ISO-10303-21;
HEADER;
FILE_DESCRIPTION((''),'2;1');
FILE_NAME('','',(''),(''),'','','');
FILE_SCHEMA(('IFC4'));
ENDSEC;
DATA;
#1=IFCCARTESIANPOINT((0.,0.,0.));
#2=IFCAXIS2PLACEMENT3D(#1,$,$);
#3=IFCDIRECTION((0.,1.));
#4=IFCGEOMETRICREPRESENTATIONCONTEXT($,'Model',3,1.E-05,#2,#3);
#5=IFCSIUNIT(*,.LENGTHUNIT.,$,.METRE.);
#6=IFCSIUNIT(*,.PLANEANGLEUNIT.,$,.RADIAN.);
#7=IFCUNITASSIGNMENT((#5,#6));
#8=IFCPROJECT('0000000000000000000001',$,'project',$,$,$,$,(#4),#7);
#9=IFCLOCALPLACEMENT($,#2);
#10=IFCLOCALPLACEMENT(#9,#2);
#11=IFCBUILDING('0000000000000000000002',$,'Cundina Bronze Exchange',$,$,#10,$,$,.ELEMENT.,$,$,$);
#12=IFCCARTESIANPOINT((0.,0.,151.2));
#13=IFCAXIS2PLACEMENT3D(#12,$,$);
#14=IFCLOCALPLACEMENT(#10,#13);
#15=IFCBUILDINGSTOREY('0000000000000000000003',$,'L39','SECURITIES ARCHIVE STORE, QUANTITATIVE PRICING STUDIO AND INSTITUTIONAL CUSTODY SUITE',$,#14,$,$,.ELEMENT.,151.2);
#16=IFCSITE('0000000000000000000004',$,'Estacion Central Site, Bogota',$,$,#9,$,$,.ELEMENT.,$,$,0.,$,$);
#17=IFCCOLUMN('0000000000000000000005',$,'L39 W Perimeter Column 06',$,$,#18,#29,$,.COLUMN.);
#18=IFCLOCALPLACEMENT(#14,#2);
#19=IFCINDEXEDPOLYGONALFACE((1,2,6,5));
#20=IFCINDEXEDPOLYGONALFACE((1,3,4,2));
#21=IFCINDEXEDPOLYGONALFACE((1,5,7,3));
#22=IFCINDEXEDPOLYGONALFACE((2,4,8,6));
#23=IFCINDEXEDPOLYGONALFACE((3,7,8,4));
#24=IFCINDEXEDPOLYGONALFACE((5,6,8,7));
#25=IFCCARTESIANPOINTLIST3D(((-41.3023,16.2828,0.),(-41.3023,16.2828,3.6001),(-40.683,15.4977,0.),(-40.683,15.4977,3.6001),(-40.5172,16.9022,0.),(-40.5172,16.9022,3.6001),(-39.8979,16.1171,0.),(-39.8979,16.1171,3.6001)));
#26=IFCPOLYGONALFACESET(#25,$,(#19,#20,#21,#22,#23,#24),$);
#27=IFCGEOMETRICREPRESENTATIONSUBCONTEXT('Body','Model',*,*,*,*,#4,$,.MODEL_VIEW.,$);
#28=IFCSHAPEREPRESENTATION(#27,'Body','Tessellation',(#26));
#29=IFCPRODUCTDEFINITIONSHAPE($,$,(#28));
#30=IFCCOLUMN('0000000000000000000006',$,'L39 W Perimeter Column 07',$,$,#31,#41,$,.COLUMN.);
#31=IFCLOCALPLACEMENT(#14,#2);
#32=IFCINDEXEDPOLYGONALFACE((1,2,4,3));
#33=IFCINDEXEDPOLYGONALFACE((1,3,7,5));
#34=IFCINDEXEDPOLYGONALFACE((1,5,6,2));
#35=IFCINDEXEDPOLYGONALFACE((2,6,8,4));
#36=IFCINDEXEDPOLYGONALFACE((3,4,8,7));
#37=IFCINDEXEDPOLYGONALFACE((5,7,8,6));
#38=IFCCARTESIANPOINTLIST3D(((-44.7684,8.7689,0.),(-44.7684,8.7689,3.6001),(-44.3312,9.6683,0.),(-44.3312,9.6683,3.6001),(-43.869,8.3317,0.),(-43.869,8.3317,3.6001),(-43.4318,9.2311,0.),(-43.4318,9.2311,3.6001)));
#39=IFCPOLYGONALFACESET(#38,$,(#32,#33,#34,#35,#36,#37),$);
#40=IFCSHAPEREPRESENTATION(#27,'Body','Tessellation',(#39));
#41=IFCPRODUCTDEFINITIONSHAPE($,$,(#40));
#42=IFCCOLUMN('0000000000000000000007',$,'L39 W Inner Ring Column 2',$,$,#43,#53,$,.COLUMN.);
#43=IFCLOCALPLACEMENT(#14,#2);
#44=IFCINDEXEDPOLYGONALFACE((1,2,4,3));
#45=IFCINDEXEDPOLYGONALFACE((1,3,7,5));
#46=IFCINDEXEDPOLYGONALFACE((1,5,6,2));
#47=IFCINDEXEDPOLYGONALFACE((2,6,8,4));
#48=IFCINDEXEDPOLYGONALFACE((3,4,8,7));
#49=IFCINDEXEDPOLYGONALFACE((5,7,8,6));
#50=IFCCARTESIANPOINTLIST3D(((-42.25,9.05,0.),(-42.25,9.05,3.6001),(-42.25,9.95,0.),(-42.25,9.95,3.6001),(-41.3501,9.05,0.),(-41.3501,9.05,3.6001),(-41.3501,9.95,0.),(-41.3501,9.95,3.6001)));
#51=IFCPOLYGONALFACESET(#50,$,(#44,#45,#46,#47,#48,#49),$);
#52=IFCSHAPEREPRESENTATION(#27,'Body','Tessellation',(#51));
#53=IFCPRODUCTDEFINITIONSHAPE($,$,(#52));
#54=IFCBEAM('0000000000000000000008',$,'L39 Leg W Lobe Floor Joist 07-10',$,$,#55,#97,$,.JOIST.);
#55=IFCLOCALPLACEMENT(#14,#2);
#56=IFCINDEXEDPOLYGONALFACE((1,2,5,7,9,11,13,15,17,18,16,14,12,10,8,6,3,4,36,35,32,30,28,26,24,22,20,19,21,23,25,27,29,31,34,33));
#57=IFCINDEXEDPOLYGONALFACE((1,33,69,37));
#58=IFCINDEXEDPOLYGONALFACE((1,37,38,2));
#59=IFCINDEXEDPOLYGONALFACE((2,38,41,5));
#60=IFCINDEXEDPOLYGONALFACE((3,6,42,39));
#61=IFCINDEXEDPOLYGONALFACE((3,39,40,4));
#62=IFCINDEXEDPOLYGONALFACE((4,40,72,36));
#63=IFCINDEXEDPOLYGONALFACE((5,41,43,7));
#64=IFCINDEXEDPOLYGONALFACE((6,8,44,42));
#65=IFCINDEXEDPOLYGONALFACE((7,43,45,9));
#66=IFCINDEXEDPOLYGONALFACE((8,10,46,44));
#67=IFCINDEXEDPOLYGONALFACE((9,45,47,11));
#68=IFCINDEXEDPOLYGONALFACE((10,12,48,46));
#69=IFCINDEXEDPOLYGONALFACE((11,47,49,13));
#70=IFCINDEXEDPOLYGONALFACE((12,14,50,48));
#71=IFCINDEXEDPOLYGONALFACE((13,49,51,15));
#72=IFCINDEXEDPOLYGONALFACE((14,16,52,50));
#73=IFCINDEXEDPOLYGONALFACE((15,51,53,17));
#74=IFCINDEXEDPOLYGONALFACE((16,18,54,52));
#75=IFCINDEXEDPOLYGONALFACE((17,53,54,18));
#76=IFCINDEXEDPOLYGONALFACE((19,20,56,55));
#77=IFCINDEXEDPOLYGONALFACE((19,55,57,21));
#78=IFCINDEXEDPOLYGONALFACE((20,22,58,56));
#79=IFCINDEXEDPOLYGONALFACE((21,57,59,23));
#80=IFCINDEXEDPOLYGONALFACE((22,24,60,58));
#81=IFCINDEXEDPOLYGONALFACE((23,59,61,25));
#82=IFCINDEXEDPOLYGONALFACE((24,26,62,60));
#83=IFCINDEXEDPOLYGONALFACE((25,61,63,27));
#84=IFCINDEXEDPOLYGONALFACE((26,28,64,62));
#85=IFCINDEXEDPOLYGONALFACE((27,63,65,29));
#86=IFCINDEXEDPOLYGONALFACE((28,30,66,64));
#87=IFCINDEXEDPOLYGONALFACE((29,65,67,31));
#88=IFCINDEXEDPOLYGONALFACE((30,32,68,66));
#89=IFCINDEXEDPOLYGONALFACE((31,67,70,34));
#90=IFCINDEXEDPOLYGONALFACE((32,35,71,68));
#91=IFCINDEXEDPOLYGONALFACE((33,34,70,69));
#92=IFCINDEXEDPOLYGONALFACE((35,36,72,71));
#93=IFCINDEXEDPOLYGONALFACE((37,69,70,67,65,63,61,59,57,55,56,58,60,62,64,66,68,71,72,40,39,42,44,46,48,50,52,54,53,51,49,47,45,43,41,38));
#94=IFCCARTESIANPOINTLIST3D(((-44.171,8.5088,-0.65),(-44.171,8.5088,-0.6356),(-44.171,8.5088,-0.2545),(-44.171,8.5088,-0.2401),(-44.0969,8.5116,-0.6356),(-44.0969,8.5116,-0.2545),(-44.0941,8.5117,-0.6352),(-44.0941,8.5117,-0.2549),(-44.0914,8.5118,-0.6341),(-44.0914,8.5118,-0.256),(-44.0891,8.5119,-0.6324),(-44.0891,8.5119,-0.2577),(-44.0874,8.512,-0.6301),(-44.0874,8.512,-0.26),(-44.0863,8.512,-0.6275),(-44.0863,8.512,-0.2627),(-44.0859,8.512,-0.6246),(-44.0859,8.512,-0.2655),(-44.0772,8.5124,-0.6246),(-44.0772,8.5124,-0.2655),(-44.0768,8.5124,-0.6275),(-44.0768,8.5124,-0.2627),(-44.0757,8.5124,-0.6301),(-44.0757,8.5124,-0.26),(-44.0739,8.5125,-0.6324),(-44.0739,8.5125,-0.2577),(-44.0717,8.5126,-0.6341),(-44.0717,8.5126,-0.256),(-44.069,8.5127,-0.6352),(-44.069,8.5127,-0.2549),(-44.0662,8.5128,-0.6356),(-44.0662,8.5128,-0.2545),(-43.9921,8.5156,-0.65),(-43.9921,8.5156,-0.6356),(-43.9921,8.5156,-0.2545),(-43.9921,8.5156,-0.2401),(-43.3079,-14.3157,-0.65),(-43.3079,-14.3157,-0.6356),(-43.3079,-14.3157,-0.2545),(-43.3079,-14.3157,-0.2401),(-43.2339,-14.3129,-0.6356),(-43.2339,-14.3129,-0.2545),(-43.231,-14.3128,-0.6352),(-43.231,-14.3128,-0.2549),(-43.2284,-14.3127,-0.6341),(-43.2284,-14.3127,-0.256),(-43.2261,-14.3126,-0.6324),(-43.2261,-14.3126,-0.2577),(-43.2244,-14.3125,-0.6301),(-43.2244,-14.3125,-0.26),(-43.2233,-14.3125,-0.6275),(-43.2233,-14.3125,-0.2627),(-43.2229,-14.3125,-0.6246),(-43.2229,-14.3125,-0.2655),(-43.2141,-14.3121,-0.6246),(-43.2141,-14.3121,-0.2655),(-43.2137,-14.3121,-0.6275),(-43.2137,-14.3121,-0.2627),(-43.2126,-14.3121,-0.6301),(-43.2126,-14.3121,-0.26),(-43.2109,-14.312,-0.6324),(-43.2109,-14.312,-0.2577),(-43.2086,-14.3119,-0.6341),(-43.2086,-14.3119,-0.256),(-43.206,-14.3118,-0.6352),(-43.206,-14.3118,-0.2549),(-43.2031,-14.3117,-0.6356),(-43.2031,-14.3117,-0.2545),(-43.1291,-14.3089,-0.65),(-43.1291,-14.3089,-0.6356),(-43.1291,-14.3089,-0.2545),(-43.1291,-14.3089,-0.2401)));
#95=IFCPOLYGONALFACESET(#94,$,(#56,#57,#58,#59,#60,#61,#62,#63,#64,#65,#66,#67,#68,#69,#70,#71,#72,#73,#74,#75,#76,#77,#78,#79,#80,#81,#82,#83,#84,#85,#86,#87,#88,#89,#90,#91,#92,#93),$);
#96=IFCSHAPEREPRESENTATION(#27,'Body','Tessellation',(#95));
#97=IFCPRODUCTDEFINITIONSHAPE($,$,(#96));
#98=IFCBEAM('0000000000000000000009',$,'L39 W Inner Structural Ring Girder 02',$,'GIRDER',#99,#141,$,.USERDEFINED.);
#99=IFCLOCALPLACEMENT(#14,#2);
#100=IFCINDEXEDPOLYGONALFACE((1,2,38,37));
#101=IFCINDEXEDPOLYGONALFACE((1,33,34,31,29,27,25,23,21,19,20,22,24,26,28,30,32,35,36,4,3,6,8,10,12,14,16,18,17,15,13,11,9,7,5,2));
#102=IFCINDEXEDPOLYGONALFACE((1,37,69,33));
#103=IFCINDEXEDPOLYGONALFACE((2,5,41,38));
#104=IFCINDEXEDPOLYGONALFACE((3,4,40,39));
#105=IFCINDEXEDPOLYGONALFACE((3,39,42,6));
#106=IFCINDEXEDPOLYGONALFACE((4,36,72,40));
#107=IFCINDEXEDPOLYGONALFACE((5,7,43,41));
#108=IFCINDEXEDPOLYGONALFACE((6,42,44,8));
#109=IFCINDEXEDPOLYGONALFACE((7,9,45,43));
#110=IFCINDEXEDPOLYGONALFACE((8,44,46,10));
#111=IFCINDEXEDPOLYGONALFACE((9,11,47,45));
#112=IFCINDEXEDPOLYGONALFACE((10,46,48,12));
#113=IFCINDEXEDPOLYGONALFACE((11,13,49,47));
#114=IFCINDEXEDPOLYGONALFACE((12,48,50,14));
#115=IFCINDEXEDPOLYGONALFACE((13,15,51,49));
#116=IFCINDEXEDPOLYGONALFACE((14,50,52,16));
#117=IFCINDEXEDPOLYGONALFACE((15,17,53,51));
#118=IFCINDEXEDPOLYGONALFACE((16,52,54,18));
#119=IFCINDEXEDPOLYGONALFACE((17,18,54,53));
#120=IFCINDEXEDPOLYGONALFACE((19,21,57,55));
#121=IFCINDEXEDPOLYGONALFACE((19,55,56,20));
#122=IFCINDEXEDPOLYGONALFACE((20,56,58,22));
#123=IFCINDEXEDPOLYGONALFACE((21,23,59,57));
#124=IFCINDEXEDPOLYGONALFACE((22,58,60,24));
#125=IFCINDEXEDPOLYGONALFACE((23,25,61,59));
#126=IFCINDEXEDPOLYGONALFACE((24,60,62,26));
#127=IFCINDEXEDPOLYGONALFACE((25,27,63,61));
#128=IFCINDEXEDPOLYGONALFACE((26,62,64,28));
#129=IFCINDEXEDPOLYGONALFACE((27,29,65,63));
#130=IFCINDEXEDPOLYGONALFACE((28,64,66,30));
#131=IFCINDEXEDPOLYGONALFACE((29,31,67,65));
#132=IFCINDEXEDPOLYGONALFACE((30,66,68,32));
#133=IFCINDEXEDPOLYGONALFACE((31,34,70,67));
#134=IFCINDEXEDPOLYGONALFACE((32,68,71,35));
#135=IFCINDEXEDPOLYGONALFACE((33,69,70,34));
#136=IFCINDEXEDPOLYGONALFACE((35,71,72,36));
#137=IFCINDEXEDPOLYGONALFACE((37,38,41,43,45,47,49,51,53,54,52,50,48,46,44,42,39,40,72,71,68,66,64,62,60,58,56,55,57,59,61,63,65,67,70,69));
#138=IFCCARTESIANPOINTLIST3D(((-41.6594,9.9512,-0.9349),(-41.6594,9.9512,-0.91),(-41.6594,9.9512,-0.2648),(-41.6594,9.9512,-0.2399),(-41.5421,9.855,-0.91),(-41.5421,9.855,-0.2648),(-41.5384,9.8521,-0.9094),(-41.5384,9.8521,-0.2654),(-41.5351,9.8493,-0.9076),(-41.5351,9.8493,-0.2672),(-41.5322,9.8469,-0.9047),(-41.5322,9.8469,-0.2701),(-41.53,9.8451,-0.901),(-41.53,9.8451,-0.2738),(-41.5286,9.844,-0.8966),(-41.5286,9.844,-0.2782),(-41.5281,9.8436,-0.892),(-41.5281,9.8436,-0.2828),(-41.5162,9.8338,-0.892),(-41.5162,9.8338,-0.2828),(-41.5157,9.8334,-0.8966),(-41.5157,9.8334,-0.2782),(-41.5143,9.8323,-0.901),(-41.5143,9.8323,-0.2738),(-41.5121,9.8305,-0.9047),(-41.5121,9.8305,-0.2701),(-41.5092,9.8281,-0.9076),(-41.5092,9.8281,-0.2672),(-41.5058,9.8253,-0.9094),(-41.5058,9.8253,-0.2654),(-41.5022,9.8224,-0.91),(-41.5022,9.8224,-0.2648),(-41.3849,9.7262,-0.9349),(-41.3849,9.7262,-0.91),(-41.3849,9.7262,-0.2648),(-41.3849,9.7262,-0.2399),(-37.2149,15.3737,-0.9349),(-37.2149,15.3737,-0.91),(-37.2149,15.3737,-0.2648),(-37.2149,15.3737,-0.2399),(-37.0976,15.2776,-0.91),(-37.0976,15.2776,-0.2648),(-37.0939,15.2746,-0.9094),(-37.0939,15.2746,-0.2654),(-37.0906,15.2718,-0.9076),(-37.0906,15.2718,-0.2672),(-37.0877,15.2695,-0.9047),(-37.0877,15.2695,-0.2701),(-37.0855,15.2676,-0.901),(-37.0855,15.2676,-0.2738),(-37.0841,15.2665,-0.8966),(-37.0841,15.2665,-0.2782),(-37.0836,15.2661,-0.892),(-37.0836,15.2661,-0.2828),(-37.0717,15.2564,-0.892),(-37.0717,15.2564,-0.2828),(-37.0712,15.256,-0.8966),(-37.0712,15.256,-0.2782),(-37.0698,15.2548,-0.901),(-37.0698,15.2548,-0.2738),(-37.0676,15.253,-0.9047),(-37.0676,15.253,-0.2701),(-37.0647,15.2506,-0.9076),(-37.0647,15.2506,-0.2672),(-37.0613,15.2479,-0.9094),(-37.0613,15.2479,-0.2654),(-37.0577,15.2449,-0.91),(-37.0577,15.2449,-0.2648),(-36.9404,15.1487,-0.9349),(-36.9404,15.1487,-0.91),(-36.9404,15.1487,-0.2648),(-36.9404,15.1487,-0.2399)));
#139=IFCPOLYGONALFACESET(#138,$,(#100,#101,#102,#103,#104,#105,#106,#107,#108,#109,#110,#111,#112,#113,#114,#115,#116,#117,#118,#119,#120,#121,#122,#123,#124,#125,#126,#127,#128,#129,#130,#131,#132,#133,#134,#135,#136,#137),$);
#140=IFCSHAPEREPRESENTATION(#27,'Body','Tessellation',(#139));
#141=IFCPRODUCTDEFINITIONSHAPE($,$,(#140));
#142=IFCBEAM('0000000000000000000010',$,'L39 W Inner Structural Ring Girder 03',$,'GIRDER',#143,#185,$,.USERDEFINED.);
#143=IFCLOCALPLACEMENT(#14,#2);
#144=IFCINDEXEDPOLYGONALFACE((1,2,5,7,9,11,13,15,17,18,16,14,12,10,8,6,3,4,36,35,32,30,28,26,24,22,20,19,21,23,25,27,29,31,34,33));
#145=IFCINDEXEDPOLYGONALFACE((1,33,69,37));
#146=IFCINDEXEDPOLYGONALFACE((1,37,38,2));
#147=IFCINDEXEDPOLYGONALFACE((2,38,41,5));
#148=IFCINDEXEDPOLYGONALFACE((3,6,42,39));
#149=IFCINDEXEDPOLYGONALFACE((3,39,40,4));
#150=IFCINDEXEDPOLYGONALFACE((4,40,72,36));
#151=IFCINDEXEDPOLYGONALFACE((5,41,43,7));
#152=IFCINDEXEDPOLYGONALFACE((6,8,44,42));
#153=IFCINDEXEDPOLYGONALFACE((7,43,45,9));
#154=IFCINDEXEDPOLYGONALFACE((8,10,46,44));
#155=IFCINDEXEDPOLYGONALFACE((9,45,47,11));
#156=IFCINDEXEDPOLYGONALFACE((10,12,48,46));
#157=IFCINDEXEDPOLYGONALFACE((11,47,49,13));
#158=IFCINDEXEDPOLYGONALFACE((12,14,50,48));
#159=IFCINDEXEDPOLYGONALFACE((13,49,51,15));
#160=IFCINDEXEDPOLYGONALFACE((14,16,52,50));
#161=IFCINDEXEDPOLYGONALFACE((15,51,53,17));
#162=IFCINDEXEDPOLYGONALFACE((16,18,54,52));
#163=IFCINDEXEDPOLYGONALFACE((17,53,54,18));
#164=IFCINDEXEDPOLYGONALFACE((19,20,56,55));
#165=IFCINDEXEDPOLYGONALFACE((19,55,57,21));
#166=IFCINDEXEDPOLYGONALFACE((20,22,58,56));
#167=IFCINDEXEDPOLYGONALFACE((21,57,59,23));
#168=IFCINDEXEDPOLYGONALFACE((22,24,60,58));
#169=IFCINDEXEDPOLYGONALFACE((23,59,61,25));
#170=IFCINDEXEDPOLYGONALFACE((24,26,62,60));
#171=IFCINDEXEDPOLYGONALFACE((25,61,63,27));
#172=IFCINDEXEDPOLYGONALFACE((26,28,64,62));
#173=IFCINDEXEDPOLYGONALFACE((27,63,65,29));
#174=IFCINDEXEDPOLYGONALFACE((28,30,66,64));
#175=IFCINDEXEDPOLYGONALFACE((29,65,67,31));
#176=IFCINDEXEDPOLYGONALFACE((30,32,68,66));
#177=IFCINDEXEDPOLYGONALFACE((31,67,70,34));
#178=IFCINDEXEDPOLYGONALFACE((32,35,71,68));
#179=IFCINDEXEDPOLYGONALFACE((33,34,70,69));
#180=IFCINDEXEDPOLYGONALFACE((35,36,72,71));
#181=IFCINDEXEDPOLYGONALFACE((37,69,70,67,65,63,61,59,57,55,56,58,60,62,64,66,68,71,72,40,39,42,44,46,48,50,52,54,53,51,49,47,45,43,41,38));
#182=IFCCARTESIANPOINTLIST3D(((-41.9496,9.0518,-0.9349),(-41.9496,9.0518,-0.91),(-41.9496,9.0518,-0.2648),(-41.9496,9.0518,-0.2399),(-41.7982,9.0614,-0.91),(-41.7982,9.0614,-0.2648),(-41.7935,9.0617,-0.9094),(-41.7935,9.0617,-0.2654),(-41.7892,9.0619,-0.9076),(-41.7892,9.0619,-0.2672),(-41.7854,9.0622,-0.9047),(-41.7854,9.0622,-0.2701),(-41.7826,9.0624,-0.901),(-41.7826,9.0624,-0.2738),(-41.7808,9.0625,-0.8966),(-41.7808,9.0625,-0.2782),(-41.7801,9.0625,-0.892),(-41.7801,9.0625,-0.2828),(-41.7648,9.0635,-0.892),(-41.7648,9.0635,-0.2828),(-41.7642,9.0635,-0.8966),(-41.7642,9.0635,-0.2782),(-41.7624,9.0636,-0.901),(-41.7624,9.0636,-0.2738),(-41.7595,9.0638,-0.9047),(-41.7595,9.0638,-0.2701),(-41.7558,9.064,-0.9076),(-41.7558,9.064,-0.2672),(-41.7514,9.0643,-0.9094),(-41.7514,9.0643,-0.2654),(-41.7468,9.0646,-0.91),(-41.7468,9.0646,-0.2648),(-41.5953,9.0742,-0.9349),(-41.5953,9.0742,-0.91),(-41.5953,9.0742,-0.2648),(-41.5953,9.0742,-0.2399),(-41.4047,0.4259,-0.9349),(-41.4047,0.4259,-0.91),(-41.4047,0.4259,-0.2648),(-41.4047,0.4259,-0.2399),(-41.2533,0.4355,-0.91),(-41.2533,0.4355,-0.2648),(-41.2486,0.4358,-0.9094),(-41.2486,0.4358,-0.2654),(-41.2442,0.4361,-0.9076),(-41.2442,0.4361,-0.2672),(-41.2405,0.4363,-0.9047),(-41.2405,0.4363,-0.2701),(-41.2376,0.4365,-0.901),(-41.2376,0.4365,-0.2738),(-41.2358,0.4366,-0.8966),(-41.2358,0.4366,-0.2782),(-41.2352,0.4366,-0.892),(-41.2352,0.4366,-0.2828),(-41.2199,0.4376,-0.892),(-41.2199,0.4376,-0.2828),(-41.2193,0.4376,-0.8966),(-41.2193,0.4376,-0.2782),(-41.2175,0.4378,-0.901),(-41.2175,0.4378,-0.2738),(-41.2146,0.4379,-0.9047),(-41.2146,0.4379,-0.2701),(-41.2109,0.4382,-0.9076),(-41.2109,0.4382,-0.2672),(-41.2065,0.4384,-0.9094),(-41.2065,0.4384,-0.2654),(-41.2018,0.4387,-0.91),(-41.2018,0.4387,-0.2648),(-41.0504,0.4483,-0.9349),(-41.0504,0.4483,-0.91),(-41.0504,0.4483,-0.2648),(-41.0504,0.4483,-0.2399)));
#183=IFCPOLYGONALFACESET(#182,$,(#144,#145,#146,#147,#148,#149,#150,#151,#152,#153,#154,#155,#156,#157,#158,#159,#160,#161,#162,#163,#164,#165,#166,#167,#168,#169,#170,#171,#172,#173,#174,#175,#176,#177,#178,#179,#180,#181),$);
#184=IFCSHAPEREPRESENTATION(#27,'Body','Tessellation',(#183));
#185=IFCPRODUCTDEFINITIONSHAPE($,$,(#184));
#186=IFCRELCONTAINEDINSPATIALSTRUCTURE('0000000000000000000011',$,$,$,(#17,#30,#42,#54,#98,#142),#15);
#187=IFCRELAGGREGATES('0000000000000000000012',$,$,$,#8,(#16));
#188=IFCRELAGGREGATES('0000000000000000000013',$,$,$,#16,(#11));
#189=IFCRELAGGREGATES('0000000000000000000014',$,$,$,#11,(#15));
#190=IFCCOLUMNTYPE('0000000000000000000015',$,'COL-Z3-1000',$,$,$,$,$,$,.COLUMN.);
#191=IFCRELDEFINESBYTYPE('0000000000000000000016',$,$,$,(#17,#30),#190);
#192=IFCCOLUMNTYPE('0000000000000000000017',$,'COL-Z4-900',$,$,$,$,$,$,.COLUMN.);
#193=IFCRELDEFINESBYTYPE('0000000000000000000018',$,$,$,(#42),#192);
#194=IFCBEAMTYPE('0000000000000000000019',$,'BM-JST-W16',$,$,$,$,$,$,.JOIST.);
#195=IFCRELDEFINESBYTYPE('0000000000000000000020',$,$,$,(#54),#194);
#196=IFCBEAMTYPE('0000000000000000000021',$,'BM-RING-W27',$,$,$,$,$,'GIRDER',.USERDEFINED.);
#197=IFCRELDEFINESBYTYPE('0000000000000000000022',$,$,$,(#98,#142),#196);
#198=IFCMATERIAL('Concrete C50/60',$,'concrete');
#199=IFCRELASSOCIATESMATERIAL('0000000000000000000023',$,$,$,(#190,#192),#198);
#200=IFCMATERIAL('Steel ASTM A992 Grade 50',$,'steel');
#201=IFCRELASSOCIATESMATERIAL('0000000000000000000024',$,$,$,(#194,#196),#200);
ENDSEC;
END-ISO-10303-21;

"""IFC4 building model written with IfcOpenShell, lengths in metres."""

from ifc_helpers import new_model, si_unit, direction, frame, origin, origin_2d, place, context, subcontext, project, spatial, rectangle, i_section, extrude, material, material_profile, profile_set, type_object, element, save


model = new_model("IFC4")

# Units and contexts
model_context = context("Model", 3, precision=1e-05, world=origin(), true_north=direction((0.0, 1.0)))
body_context = subcontext(model_context, "Body", "Model", "MODEL_VIEW")
ifc_project = project(units=[si_unit("LENGTHUNIT", "METRE"), si_unit("PLANEANGLEUNIT", "RADIAN")], contexts=[model_context])

# Site, building, storey
site_placement = place(None, origin())
site = spatial("IfcSite", under=ifc_project, at=site_placement, Name="Estacion Central Site, Bogota", CompositionType="ELEMENT", RefElevation=0.0)
building_placement = place(site_placement, origin())
building = spatial("IfcBuilding", under=site, at=building_placement, Name="Cundina Bronze Exchange", CompositionType="ELEMENT")
storey_placement = place(building_placement, frame((0.0, 0.0, 151.2)))
storey = spatial("IfcBuildingStorey", under=building, at=storey_placement, Name="L39", Description="SECURITIES ARCHIVE STORE, QUANTITATIVE PRICING STUDIO AND INSTITUTIONAL CUSTODY SUITE", CompositionType="ELEMENT", Elevation=151.2)

# Columns
ifc_material_1 = material(Name="Concrete C50/60", Category="concrete")
ifc_material_profile_1 = material_profile(ifc_material_1, rectangle(XDim=1.0, YDim=1.0, at=origin_2d()), Name="RC1000X1000", Category="concrete")
ifc_profile_set_1 = profile_set([ifc_material_profile_1], Name="Concrete C50/60")
column_type_1 = type_object("IfcColumnType", Name="COL-Z3-1000", PredefinedType="COLUMN", material=ifc_profile_set_1)
for number, where, z_axis, x_axis, name in (
    (1, (-40.6001, 16.2, 0.0), (0.0, 0.0, 1.0), (-0.785101, -0.619368, 0.0), "L39 W Perimeter Column 06"),
    (2, (-44.1001, 9.0, 0.0), (0.0, 0.0, 1.0), (-0.437116, -0.899405, 0.0), "L39 W Perimeter Column 07"),
):
    element("IfcColumn", number, at=place(storey_placement, frame(where, z_axis=z_axis, x_axis=x_axis)), inside=storey, type_object=column_type_1, Name=name, PredefinedType="COLUMN", context=body_context, shape_type="SweptSolid", body=[
        extrude(rectangle(XDim=1.0, YDim=1.0, at=origin_2d()), origin(), (0.0, 0.0, 1.0), 3.6001),
    ])
ifc_material_profile_2 = material_profile(ifc_material_1, rectangle(XDim=0.8999, YDim=0.8999, at=origin_2d()), Name="RC900X900", Category="concrete")
ifc_profile_set_2 = profile_set([ifc_material_profile_2], Name="Concrete C50/60")
column_type_2 = type_object("IfcColumnType", Name="COL-Z4-900", PredefinedType="COLUMN", material=ifc_profile_set_2)
column_placement = place(storey_placement, frame((-41.8, 9.5, 0.0), z_axis=(0.0, 0.0, 1.0), x_axis=(1.0, 0.0, 0.0)))
element("IfcColumn", 3, at=column_placement, inside=storey, type_object=column_type_2, Name="L39 W Inner Ring Column 2", PredefinedType="COLUMN", context=body_context, shape_type="SweptSolid", body=[
    extrude(rectangle(XDim=0.8999, YDim=0.8999, at=origin_2d()), origin(), (0.0, 0.0, 1.0), 3.6001),
])

# Beams
ifc_material_2 = material(Name="Steel ASTM A992 Grade 50", Category="steel")
ifc_material_profile_3 = material_profile(ifc_material_2, i_section(OverallWidth=0.179, OverallDepth=0.4099, WebThickness=0.0088, FlangeThickness=0.0144, FilletRadius=0.011, at=origin_2d()), Name="W16X45", Category="steel")
ifc_profile_set_3 = profile_set([ifc_material_profile_3], Name="Steel ASTM A992 Grade 50")
beam_type_1 = type_object("IfcBeamType", Name="BM-JST-W16", PredefinedType="JOIST", material=ifc_profile_set_3)
beam_1_placement = place(storey_placement, frame((-44.0815, 8.5122, -0.4451), z_axis=(0.037785, -0.999286, 0.0), x_axis=(0.999286, 0.037785, 0.0)))
element("IfcBeam", 4, at=beam_1_placement, inside=storey, type_object=beam_type_1, Name="L39 Leg W Lobe Floor Joist 07-10", PredefinedType="JOIST", context=body_context, shape_type="SweptSolid", body=[
    extrude(i_section(OverallWidth=0.179, OverallDepth=0.4099, WebThickness=0.0088, FlangeThickness=0.0144, FilletRadius=0.011, at=origin_2d()), origin(), (0.0, 0.0, 1.0), 22.8408),
])
ifc_material_profile_4 = material_profile(ifc_material_2, i_section(OverallWidth=0.355, OverallDepth=0.6951, WebThickness=0.0154, FlangeThickness=0.0249, FilletRadius=0.0181, at=origin_2d()), Name="W27X146", Category="steel")
ifc_profile_set_4 = profile_set([ifc_material_profile_4], Name="Steel ASTM A992 Grade 50")
beam_type_2 = type_object("IfcBeamType", Name="BM-RING-W27", ElementType="GIRDER", PredefinedType="USERDEFINED", material=ifc_profile_set_4)
beam_2_placement = place(storey_placement, frame((-37.0776, 15.2612, -0.5874), z_axis=(-0.633913, -0.773405, 0.0), x_axis=(0.773405, -0.633913, 0.0)))
element("IfcBeam", 5, at=beam_2_placement, inside=storey, type_object=beam_type_2, Name="L39 W Inner Structural Ring Girder 02", ObjectType="GIRDER", PredefinedType="USERDEFINED", context=body_context, shape_type="SweptSolid", body=[
    extrude(i_section(OverallWidth=0.355, OverallDepth=0.6951, WebThickness=0.0154, FlangeThickness=0.0249, FilletRadius=0.0181, at=origin_2d()), origin(), (0.0, 0.0, 1.0), 7.0112),
])
beam_3_placement = place(storey_placement, frame((-41.7725, 9.063, -0.5874), z_axis=(0.063047, -0.998011, 0.0), x_axis=(0.998011, 0.063047, 0.0)))
element("IfcBeam", 6, at=beam_3_placement, inside=storey, type_object=beam_type_2, Name="L39 W Inner Structural Ring Girder 03", ObjectType="GIRDER", PredefinedType="USERDEFINED", context=body_context, shape_type="SweptSolid", body=[
    extrude(i_section(OverallWidth=0.355, OverallDepth=0.6951, WebThickness=0.0154, FlangeThickness=0.0249, FilletRadius=0.0181, at=origin_2d()), origin(), (0.0, 0.0, 1.0), 8.6431),
])

save(model, "model.ifc")
